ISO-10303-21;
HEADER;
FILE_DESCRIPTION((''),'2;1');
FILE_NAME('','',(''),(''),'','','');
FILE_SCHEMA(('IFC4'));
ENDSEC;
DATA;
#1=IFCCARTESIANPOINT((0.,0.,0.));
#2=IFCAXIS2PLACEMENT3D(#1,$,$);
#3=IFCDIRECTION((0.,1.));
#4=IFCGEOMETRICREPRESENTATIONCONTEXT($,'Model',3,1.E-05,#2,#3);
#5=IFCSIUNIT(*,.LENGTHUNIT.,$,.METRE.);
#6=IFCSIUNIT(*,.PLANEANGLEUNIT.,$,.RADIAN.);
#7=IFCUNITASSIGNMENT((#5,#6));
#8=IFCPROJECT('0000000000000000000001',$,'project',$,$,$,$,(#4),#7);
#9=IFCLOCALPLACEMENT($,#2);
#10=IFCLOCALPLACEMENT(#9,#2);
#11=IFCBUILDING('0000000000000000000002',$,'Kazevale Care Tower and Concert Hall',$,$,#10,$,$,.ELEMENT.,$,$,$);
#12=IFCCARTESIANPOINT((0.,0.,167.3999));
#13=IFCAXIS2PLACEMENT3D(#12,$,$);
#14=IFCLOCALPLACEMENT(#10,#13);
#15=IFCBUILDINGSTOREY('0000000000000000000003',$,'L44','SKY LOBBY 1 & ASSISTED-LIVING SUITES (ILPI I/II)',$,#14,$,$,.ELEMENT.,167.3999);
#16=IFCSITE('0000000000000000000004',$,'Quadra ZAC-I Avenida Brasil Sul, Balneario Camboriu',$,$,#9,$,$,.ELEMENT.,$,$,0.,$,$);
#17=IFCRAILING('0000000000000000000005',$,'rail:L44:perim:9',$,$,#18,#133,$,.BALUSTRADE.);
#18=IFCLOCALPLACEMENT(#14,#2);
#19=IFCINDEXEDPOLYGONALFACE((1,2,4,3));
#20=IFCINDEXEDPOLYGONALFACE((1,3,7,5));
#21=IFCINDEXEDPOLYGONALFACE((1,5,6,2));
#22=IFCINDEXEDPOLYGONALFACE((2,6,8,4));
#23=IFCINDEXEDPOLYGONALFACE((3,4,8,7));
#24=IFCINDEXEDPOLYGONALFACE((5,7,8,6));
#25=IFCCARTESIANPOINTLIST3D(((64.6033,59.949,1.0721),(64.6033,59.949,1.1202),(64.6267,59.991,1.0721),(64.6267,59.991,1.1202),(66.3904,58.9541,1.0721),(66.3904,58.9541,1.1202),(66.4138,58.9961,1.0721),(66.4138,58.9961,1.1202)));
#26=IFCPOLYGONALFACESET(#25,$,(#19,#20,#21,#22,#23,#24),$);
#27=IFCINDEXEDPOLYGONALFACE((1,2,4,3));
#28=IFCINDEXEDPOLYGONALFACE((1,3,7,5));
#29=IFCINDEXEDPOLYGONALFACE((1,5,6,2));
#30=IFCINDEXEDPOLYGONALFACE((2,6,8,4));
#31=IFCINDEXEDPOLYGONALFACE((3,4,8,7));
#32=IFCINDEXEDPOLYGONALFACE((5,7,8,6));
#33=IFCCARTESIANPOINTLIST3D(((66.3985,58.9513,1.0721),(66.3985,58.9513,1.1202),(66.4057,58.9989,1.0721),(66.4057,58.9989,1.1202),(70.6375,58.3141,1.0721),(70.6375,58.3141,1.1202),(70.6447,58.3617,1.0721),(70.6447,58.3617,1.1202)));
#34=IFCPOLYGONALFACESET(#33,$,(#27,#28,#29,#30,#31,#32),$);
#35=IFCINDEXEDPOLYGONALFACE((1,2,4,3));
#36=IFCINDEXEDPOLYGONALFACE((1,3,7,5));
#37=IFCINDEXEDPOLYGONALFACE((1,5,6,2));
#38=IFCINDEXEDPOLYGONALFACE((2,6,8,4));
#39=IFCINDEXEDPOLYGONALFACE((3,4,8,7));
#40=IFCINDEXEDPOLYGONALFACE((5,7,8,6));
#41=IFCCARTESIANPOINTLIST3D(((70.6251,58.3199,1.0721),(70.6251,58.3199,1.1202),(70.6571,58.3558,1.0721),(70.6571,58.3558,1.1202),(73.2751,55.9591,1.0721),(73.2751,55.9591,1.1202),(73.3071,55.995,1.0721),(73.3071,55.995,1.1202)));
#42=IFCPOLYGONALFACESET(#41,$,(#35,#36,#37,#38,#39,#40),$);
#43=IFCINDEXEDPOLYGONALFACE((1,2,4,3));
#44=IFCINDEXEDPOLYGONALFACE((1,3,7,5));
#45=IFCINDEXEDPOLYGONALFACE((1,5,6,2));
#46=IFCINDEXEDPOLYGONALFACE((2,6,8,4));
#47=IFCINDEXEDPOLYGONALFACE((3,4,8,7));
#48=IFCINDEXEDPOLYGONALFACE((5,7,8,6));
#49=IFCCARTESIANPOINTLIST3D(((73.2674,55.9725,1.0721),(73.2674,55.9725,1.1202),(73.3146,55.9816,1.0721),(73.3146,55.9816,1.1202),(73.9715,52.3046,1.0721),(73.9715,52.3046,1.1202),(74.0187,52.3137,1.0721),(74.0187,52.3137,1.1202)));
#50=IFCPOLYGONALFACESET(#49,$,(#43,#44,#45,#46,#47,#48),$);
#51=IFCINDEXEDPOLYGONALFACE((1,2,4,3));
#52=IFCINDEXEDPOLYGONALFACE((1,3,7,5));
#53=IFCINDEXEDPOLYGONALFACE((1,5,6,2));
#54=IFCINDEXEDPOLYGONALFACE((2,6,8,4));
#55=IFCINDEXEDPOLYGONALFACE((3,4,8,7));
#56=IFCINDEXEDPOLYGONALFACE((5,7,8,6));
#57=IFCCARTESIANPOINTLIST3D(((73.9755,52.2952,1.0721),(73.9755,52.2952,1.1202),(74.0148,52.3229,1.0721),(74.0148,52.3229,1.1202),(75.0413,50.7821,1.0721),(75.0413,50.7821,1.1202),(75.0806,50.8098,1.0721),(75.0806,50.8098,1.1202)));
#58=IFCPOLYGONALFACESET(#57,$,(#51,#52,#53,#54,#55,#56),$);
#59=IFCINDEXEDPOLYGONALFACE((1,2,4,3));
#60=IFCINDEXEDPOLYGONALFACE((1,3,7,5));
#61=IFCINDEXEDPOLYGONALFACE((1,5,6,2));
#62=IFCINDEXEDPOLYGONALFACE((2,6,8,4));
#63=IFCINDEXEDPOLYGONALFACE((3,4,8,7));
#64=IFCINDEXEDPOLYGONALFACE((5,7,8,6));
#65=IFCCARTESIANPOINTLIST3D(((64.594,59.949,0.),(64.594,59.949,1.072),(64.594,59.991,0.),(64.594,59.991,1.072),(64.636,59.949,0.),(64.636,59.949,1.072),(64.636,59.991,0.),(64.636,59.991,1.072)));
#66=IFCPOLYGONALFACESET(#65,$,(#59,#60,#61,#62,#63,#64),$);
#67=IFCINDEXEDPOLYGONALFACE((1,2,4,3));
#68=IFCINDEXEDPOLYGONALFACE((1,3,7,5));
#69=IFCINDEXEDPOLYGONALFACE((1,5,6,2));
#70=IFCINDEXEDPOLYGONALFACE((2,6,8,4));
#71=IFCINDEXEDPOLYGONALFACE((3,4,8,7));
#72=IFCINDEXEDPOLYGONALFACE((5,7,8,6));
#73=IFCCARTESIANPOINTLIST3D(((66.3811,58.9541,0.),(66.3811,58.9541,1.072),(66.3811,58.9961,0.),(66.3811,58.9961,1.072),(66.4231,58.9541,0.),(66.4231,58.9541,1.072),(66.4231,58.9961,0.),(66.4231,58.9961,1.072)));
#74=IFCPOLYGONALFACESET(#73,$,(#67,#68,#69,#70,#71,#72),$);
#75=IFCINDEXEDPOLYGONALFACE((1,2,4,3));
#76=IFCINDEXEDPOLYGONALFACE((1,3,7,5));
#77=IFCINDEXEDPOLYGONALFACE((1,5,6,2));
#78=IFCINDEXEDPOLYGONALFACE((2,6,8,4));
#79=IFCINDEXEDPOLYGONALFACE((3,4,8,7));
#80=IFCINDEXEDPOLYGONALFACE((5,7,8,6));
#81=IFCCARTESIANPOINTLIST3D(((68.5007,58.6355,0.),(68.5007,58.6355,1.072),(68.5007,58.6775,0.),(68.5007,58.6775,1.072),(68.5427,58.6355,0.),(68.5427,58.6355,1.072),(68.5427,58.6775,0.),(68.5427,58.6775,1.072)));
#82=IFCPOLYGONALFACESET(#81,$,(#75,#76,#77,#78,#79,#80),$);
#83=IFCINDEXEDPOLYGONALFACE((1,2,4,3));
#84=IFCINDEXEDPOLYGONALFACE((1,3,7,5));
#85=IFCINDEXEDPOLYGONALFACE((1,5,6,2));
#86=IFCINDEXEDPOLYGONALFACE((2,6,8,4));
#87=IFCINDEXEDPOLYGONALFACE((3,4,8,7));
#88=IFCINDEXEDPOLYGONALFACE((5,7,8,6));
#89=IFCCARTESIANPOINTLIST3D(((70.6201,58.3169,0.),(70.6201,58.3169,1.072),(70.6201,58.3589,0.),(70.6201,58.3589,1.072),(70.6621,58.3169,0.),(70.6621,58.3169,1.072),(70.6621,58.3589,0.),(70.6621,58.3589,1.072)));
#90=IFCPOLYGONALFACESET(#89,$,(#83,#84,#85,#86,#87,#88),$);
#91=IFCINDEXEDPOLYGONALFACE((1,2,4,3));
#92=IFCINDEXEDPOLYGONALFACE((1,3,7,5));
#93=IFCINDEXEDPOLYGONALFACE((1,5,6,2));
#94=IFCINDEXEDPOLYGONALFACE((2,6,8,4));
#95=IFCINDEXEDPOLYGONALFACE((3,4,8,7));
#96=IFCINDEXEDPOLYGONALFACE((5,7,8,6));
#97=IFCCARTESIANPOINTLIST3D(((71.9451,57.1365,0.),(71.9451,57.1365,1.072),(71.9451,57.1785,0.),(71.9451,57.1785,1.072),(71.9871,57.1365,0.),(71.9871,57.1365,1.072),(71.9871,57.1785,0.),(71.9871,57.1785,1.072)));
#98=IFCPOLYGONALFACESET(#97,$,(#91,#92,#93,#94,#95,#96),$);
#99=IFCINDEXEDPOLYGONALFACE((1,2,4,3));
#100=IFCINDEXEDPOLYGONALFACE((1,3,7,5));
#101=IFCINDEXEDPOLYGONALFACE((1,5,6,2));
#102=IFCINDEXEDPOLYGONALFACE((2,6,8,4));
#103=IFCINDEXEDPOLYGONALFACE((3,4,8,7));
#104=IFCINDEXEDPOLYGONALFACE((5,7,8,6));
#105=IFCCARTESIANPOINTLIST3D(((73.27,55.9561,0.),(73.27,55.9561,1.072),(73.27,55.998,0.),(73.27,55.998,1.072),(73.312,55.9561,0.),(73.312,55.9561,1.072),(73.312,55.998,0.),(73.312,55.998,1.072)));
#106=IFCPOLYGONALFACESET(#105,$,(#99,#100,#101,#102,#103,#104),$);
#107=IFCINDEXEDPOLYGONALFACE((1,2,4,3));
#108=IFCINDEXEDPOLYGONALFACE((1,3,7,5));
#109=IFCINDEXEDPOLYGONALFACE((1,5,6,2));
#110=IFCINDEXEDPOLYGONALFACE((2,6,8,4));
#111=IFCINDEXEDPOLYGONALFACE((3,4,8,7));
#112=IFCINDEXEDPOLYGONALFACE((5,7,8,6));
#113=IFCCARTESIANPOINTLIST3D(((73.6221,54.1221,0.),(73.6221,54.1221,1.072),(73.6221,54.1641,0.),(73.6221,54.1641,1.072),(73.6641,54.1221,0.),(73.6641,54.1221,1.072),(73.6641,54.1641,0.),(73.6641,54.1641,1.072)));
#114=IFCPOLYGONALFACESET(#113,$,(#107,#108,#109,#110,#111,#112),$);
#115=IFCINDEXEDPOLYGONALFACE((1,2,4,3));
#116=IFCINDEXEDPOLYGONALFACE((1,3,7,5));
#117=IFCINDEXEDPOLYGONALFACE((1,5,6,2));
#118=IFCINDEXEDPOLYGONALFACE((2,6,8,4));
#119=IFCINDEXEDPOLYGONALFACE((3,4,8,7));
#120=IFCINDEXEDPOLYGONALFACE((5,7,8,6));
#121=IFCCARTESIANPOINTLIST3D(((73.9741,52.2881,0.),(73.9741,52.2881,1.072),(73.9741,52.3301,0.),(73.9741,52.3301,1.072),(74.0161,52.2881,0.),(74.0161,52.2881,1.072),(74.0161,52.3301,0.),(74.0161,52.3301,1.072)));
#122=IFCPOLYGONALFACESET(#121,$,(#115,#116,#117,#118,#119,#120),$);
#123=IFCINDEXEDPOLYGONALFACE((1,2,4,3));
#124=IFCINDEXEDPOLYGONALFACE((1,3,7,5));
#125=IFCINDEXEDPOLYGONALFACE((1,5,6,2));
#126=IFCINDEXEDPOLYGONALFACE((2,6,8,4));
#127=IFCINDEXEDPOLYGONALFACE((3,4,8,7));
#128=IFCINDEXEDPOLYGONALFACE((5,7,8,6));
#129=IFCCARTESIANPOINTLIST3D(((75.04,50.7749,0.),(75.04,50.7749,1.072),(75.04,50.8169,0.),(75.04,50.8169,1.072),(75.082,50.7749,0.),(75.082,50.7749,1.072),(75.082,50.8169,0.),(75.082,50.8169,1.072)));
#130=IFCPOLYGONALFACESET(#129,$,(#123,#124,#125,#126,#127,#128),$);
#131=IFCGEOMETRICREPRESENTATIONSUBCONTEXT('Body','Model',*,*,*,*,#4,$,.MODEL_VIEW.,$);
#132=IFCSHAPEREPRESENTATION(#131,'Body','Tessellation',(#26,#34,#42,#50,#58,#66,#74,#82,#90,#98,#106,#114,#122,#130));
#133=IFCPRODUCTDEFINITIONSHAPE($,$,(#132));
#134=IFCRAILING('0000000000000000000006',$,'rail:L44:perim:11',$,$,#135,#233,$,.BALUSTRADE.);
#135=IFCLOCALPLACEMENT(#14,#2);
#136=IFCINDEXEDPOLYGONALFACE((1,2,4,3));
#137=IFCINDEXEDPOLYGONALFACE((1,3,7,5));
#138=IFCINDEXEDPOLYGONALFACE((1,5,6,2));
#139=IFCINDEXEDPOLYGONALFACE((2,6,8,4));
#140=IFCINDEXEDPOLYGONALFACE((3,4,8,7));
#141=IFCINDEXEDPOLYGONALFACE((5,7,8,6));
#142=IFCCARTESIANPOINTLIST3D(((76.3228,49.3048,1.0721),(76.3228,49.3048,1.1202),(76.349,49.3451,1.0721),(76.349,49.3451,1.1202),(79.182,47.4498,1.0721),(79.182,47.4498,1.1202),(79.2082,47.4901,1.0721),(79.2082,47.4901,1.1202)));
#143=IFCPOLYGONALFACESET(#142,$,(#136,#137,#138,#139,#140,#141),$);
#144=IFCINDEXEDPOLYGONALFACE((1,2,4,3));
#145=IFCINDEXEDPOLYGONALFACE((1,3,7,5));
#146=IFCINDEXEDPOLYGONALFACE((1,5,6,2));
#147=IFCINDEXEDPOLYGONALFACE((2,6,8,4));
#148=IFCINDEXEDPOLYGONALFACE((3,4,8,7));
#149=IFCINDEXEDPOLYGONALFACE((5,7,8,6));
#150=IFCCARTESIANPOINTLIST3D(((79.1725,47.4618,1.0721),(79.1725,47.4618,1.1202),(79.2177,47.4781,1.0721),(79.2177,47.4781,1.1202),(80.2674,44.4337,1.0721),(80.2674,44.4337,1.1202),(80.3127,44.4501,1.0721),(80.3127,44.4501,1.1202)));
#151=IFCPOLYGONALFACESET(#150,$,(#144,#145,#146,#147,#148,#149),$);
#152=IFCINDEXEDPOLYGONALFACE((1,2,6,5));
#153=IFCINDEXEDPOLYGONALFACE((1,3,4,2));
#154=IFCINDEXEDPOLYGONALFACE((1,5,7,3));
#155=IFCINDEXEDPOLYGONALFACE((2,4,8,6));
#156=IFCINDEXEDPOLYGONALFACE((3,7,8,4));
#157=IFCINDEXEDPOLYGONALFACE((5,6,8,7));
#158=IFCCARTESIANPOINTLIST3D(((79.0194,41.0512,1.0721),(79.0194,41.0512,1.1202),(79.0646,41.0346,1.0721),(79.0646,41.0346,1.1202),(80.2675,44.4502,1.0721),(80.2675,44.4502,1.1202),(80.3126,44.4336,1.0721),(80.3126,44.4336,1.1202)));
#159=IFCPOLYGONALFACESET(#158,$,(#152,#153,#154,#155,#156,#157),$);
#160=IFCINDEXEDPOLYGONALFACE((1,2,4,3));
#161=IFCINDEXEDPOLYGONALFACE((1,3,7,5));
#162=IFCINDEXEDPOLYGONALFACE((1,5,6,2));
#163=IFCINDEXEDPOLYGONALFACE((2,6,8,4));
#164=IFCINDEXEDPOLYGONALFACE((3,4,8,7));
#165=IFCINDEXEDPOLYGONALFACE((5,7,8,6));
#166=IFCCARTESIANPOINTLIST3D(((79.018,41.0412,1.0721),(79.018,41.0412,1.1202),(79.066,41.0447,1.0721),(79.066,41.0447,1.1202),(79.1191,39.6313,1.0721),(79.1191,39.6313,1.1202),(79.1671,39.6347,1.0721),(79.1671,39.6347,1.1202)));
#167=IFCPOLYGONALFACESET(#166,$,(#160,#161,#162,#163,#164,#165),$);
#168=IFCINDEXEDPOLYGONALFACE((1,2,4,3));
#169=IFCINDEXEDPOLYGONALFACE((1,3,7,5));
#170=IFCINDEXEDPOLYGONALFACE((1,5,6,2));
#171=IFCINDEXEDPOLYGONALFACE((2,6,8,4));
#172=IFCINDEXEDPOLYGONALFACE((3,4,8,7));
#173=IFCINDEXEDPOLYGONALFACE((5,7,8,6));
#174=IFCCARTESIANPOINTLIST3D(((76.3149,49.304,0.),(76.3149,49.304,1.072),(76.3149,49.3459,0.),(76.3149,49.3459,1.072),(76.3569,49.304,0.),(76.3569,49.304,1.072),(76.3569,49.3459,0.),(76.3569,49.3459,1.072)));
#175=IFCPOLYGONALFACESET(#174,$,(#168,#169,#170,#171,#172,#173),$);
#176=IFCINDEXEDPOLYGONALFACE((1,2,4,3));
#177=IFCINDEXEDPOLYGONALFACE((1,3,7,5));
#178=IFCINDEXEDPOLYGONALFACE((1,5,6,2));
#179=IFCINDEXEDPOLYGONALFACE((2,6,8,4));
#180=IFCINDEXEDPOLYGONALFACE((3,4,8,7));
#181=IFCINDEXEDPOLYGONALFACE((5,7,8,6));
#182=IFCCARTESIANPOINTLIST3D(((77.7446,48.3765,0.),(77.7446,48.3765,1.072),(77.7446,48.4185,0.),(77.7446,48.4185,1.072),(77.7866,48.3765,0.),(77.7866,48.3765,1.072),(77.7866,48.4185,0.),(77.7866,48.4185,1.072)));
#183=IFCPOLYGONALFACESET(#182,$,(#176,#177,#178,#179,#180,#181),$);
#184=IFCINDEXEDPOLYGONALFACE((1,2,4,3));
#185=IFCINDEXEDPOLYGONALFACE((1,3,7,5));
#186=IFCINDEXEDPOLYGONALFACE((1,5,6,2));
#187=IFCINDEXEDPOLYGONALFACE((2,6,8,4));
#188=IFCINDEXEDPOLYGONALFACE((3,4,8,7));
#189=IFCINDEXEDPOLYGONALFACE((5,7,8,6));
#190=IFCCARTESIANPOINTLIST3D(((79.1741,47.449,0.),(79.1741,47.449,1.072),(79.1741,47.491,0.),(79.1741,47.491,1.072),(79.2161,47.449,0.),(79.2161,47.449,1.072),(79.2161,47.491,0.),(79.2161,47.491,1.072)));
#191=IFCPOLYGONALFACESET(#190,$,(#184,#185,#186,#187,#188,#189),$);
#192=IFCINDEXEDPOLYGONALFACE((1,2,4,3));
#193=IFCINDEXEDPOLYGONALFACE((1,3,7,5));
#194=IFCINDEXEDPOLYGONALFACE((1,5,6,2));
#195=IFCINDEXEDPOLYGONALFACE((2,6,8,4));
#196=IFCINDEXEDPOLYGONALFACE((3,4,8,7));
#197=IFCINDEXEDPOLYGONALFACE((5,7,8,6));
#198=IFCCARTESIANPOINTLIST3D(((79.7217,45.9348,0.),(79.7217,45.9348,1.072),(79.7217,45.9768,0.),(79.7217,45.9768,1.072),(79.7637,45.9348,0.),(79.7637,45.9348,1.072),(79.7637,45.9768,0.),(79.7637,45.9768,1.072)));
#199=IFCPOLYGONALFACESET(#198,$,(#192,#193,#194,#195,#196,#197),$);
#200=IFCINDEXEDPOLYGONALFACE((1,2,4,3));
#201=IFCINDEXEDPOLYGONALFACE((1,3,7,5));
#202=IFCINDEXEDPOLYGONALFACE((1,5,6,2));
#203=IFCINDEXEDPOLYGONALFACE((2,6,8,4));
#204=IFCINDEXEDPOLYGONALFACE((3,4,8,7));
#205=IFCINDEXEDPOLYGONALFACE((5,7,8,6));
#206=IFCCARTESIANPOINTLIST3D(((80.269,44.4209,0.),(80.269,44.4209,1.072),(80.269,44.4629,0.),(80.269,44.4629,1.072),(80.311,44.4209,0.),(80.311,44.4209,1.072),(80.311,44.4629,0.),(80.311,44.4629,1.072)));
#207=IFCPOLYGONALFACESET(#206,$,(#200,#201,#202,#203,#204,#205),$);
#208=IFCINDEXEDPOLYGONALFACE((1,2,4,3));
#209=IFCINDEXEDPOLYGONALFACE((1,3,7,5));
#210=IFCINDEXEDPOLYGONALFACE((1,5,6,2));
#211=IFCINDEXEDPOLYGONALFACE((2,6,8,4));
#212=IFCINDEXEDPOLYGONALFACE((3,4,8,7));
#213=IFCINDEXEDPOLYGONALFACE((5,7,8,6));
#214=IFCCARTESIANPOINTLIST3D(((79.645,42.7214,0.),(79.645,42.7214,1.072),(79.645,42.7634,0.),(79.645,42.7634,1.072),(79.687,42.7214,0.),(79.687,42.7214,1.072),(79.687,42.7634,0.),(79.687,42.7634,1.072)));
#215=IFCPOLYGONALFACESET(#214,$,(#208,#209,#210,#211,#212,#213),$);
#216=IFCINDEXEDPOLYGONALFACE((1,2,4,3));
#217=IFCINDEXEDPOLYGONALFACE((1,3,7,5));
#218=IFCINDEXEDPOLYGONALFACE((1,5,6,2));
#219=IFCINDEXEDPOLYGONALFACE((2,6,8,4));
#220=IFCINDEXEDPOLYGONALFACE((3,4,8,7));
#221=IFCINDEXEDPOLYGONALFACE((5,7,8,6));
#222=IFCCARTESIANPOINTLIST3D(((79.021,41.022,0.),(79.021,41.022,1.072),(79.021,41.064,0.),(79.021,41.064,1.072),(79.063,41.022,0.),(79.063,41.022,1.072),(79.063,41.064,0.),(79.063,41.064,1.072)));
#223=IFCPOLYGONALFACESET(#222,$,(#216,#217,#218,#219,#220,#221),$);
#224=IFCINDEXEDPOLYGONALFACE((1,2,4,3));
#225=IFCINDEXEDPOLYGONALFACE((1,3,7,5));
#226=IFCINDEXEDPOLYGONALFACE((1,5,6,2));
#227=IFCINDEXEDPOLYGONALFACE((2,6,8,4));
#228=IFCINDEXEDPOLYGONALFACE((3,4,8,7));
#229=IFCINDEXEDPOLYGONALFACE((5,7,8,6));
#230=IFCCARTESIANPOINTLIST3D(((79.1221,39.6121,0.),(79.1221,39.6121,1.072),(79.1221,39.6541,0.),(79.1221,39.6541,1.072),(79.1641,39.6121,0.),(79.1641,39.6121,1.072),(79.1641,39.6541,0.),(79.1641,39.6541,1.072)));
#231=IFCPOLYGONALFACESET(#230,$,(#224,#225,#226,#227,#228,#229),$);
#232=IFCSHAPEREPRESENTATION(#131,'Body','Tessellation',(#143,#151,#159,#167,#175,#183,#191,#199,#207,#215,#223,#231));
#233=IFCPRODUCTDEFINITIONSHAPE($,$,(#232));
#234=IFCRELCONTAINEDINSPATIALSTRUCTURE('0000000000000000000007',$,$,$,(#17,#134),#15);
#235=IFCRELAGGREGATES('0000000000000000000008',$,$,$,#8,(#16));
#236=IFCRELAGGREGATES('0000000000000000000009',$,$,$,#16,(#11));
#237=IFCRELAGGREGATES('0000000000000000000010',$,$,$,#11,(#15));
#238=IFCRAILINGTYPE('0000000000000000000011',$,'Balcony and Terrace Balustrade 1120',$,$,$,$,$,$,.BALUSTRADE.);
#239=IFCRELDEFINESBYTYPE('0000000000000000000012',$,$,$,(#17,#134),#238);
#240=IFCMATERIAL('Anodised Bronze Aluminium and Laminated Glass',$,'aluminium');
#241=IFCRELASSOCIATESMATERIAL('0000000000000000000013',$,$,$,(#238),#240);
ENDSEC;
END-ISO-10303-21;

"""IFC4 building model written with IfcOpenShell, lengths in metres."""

from ifc_helpers import new_model, si_unit, direction, frame, origin, origin_2d, place, context, subcontext, project, spatial, rectangle, extrude, material, type_object, element, save


model = new_model("IFC4")

# Units and contexts
model_context = context("Model", 3, precision=1e-05, world=origin(), true_north=direction((0.0, 1.0)))
body_context = subcontext(model_context, "Body", "Model", "MODEL_VIEW")
ifc_project = project(units=[si_unit("LENGTHUNIT", "METRE"), si_unit("PLANEANGLEUNIT", "RADIAN")], contexts=[model_context])

# Site, building, storey
site_placement = place(None, origin())
site = spatial("IfcSite", under=ifc_project, at=site_placement, Name="Quadra ZAC-I Avenida Brasil Sul, Balneario Camboriu", CompositionType="ELEMENT", RefElevation=0.0)
building_placement = place(site_placement, origin())
building = spatial("IfcBuilding", under=site, at=building_placement, Name="Kazevale Care Tower and Concert Hall", CompositionType="ELEMENT")
storey_placement = place(building_placement, frame((0.0, 0.0, 167.3999)))
storey = spatial("IfcBuildingStorey", under=building, at=storey_placement, Name="L44", Description="SKY LOBBY 1 & ASSISTED-LIVING SUITES (ILPI I/II)", CompositionType="ELEMENT", Elevation=167.3999)

# Railings
ifc_material_1 = material(Name="Anodised Bronze Aluminium and Laminated Glass", Category="aluminium")
railing_type = type_object("IfcRailingType", Name="Balcony and Terrace Balustrade 1120", PredefinedType="BALUSTRADE", material=ifc_material_1)
railing_1_placement = place(storey_placement, frame((64.615, 59.97, 0.0)))
element("IfcRailing", 1, at=railing_1_placement, inside=storey, type_object=railing_type, Name="rail:L44:perim:9", PredefinedType="BALUSTRADE", context=body_context, shape_type="SweptSolid", body=[
    extrude(rectangle(XDim=0.0481, YDim=0.0481, at=origin_2d()), frame((0.0, 0.0, 1.0962), z_axis=(0.873735, -0.486403, 0.0), x_axis=(0.486403, 0.873735, 0.0)), (0.0, 0.0, 1.0), 2.0454),
    extrude(rectangle(XDim=0.0481, YDim=0.0481, at=origin_2d()), frame((1.7871, -0.9949, 1.0962), z_axis=(0.98889, -0.14865, 0.0), x_axis=(0.14865, 0.98889, 0.0)), (0.0, 0.0, 1.0), 4.2866),
    extrude(rectangle(XDim=0.0481, YDim=0.0481, at=origin_2d()), frame((6.0261, -1.6321, 1.0962), z_axis=(0.746657, -0.665209, 0.0), x_axis=(0.665209, 0.746657, 0.0)), (0.0, 0.0, 1.0), 3.5491),
    extrude(rectangle(XDim=0.0481, YDim=0.0481, at=origin_2d()), frame((8.676, -3.9929, 1.0962), z_axis=(0.188518, -0.98207, 0.0), x_axis=(0.98207, 0.188518, 0.0)), (0.0, 0.0, 1.0), 3.7349),
    extrude(rectangle(XDim=0.0481, YDim=0.0481, at=origin_2d()), frame((9.3801, -7.6609, 1.0962), z_axis=(0.575885, -0.81753, 0.0), x_axis=(0.81753, 0.575885, 0.0)), (0.0, 0.0, 1.0), 1.8508),
    extrude(rectangle(XDim=0.042, YDim=0.042, at=origin_2d()), origin(), (0.0, 0.0, 1.0), 1.072),
    extrude(rectangle(XDim=0.042, YDim=0.042, at=origin_2d()), frame((1.7871, -0.9949, 0.0)), (0.0, 0.0, 1.0), 1.072),
    extrude(rectangle(XDim=0.042, YDim=0.042, at=origin_2d()), frame((3.9067, -1.3135, 0.0)), (0.0, 0.0, 1.0), 1.072),
    extrude(rectangle(XDim=0.042, YDim=0.042, at=origin_2d()), frame((6.0261, -1.6321, 0.0)), (0.0, 0.0, 1.0), 1.072),
    extrude(rectangle(XDim=0.042, YDim=0.042, at=origin_2d()), frame((7.3511, -2.8125, 0.0)), (0.0, 0.0, 1.0), 1.072),
    extrude(rectangle(XDim=0.042, YDim=0.042, at=origin_2d()), frame((8.676, -3.9929, 0.0)), (0.0, 0.0, 1.0), 1.072),
    extrude(rectangle(XDim=0.042, YDim=0.042, at=origin_2d()), frame((9.0281, -5.8269, 0.0)), (0.0, 0.0, 1.0), 1.072),
    extrude(rectangle(XDim=0.042, YDim=0.042, at=origin_2d()), frame((9.3801, -7.6609, 0.0)), (0.0, 0.0, 1.0), 1.072),
    extrude(rectangle(XDim=0.042, YDim=0.042, at=origin_2d()), frame((10.446, -9.1741, 0.0)), (0.0, 0.0, 1.0), 1.072),
])
railing_2_placement = place(storey_placement, frame((76.3359, 49.325, 0.0)))
element("IfcRailing", 2, at=railing_2_placement, inside=storey, type_object=railing_type, Name="rail:L44:perim:11", PredefinedType="BALUSTRADE", context=body_context, shape_type="SweptSolid", body=[
    extrude(rectangle(XDim=0.0481, YDim=0.0481, at=origin_2d()), frame((0.0, 0.0, 1.0962), z_axis=(0.838906, -0.544276, 0.0), x_axis=(0.544276, 0.838906, 0.0)), (0.0, 0.0, 1.0), 3.4082),
    extrude(rectangle(XDim=0.0481, YDim=0.0481, at=origin_2d()), frame((2.8591, -1.855, 1.0962), z_axis=(0.340056, -0.940405, 0.0), x_axis=(0.940405, 0.340056, 0.0)), (0.0, 0.0, 1.0), 3.22),
    extrude(rectangle(XDim=0.0481, YDim=0.0481, at=origin_2d()), frame((3.9541, -4.8831, 1.0962), z_axis=(-0.344687, -0.938718, 0.0), x_axis=(0.938718, -0.344687, 0.0)), (0.0, 0.0, 1.0), 3.6208),
    extrude(rectangle(XDim=0.0481, YDim=0.0481, at=origin_2d()), frame((2.7061, -8.282, 1.0962), z_axis=(0.071505, -0.99744, 0.0), x_axis=(0.99744, 0.071505, 0.0)), (0.0, 0.0, 1.0), 1.4136),
    extrude(rectangle(XDim=0.042, YDim=0.042, at=origin_2d()), origin(), (0.0, 0.0, 1.0), 1.072),
    extrude(rectangle(XDim=0.042, YDim=0.042, at=origin_2d()), frame((1.4297, -0.9275, 0.0)), (0.0, 0.0, 1.0), 1.072),
    extrude(rectangle(XDim=0.042, YDim=0.042, at=origin_2d()), frame((2.8591, -1.855, 0.0)), (0.0, 0.0, 1.0), 1.072),
    extrude(rectangle(XDim=0.042, YDim=0.042, at=origin_2d()), frame((3.4067, -3.3691, 0.0)), (0.0, 0.0, 1.0), 1.072),
    extrude(rectangle(XDim=0.042, YDim=0.042, at=origin_2d()), frame((3.9541, -4.8831, 0.0)), (0.0, 0.0, 1.0), 1.072),
    extrude(rectangle(XDim=0.042, YDim=0.042, at=origin_2d()), frame((3.3301, -6.5825, 0.0)), (0.0, 0.0, 1.0), 1.072),
    extrude(rectangle(XDim=0.042, YDim=0.042, at=origin_2d()), frame((2.7061, -8.282, 0.0)), (0.0, 0.0, 1.0), 1.072),
    extrude(rectangle(XDim=0.042, YDim=0.042, at=origin_2d()), frame((2.8071, -9.6919, 0.0)), (0.0, 0.0, 1.0), 1.072),
])

save(model, "model.ifc")
